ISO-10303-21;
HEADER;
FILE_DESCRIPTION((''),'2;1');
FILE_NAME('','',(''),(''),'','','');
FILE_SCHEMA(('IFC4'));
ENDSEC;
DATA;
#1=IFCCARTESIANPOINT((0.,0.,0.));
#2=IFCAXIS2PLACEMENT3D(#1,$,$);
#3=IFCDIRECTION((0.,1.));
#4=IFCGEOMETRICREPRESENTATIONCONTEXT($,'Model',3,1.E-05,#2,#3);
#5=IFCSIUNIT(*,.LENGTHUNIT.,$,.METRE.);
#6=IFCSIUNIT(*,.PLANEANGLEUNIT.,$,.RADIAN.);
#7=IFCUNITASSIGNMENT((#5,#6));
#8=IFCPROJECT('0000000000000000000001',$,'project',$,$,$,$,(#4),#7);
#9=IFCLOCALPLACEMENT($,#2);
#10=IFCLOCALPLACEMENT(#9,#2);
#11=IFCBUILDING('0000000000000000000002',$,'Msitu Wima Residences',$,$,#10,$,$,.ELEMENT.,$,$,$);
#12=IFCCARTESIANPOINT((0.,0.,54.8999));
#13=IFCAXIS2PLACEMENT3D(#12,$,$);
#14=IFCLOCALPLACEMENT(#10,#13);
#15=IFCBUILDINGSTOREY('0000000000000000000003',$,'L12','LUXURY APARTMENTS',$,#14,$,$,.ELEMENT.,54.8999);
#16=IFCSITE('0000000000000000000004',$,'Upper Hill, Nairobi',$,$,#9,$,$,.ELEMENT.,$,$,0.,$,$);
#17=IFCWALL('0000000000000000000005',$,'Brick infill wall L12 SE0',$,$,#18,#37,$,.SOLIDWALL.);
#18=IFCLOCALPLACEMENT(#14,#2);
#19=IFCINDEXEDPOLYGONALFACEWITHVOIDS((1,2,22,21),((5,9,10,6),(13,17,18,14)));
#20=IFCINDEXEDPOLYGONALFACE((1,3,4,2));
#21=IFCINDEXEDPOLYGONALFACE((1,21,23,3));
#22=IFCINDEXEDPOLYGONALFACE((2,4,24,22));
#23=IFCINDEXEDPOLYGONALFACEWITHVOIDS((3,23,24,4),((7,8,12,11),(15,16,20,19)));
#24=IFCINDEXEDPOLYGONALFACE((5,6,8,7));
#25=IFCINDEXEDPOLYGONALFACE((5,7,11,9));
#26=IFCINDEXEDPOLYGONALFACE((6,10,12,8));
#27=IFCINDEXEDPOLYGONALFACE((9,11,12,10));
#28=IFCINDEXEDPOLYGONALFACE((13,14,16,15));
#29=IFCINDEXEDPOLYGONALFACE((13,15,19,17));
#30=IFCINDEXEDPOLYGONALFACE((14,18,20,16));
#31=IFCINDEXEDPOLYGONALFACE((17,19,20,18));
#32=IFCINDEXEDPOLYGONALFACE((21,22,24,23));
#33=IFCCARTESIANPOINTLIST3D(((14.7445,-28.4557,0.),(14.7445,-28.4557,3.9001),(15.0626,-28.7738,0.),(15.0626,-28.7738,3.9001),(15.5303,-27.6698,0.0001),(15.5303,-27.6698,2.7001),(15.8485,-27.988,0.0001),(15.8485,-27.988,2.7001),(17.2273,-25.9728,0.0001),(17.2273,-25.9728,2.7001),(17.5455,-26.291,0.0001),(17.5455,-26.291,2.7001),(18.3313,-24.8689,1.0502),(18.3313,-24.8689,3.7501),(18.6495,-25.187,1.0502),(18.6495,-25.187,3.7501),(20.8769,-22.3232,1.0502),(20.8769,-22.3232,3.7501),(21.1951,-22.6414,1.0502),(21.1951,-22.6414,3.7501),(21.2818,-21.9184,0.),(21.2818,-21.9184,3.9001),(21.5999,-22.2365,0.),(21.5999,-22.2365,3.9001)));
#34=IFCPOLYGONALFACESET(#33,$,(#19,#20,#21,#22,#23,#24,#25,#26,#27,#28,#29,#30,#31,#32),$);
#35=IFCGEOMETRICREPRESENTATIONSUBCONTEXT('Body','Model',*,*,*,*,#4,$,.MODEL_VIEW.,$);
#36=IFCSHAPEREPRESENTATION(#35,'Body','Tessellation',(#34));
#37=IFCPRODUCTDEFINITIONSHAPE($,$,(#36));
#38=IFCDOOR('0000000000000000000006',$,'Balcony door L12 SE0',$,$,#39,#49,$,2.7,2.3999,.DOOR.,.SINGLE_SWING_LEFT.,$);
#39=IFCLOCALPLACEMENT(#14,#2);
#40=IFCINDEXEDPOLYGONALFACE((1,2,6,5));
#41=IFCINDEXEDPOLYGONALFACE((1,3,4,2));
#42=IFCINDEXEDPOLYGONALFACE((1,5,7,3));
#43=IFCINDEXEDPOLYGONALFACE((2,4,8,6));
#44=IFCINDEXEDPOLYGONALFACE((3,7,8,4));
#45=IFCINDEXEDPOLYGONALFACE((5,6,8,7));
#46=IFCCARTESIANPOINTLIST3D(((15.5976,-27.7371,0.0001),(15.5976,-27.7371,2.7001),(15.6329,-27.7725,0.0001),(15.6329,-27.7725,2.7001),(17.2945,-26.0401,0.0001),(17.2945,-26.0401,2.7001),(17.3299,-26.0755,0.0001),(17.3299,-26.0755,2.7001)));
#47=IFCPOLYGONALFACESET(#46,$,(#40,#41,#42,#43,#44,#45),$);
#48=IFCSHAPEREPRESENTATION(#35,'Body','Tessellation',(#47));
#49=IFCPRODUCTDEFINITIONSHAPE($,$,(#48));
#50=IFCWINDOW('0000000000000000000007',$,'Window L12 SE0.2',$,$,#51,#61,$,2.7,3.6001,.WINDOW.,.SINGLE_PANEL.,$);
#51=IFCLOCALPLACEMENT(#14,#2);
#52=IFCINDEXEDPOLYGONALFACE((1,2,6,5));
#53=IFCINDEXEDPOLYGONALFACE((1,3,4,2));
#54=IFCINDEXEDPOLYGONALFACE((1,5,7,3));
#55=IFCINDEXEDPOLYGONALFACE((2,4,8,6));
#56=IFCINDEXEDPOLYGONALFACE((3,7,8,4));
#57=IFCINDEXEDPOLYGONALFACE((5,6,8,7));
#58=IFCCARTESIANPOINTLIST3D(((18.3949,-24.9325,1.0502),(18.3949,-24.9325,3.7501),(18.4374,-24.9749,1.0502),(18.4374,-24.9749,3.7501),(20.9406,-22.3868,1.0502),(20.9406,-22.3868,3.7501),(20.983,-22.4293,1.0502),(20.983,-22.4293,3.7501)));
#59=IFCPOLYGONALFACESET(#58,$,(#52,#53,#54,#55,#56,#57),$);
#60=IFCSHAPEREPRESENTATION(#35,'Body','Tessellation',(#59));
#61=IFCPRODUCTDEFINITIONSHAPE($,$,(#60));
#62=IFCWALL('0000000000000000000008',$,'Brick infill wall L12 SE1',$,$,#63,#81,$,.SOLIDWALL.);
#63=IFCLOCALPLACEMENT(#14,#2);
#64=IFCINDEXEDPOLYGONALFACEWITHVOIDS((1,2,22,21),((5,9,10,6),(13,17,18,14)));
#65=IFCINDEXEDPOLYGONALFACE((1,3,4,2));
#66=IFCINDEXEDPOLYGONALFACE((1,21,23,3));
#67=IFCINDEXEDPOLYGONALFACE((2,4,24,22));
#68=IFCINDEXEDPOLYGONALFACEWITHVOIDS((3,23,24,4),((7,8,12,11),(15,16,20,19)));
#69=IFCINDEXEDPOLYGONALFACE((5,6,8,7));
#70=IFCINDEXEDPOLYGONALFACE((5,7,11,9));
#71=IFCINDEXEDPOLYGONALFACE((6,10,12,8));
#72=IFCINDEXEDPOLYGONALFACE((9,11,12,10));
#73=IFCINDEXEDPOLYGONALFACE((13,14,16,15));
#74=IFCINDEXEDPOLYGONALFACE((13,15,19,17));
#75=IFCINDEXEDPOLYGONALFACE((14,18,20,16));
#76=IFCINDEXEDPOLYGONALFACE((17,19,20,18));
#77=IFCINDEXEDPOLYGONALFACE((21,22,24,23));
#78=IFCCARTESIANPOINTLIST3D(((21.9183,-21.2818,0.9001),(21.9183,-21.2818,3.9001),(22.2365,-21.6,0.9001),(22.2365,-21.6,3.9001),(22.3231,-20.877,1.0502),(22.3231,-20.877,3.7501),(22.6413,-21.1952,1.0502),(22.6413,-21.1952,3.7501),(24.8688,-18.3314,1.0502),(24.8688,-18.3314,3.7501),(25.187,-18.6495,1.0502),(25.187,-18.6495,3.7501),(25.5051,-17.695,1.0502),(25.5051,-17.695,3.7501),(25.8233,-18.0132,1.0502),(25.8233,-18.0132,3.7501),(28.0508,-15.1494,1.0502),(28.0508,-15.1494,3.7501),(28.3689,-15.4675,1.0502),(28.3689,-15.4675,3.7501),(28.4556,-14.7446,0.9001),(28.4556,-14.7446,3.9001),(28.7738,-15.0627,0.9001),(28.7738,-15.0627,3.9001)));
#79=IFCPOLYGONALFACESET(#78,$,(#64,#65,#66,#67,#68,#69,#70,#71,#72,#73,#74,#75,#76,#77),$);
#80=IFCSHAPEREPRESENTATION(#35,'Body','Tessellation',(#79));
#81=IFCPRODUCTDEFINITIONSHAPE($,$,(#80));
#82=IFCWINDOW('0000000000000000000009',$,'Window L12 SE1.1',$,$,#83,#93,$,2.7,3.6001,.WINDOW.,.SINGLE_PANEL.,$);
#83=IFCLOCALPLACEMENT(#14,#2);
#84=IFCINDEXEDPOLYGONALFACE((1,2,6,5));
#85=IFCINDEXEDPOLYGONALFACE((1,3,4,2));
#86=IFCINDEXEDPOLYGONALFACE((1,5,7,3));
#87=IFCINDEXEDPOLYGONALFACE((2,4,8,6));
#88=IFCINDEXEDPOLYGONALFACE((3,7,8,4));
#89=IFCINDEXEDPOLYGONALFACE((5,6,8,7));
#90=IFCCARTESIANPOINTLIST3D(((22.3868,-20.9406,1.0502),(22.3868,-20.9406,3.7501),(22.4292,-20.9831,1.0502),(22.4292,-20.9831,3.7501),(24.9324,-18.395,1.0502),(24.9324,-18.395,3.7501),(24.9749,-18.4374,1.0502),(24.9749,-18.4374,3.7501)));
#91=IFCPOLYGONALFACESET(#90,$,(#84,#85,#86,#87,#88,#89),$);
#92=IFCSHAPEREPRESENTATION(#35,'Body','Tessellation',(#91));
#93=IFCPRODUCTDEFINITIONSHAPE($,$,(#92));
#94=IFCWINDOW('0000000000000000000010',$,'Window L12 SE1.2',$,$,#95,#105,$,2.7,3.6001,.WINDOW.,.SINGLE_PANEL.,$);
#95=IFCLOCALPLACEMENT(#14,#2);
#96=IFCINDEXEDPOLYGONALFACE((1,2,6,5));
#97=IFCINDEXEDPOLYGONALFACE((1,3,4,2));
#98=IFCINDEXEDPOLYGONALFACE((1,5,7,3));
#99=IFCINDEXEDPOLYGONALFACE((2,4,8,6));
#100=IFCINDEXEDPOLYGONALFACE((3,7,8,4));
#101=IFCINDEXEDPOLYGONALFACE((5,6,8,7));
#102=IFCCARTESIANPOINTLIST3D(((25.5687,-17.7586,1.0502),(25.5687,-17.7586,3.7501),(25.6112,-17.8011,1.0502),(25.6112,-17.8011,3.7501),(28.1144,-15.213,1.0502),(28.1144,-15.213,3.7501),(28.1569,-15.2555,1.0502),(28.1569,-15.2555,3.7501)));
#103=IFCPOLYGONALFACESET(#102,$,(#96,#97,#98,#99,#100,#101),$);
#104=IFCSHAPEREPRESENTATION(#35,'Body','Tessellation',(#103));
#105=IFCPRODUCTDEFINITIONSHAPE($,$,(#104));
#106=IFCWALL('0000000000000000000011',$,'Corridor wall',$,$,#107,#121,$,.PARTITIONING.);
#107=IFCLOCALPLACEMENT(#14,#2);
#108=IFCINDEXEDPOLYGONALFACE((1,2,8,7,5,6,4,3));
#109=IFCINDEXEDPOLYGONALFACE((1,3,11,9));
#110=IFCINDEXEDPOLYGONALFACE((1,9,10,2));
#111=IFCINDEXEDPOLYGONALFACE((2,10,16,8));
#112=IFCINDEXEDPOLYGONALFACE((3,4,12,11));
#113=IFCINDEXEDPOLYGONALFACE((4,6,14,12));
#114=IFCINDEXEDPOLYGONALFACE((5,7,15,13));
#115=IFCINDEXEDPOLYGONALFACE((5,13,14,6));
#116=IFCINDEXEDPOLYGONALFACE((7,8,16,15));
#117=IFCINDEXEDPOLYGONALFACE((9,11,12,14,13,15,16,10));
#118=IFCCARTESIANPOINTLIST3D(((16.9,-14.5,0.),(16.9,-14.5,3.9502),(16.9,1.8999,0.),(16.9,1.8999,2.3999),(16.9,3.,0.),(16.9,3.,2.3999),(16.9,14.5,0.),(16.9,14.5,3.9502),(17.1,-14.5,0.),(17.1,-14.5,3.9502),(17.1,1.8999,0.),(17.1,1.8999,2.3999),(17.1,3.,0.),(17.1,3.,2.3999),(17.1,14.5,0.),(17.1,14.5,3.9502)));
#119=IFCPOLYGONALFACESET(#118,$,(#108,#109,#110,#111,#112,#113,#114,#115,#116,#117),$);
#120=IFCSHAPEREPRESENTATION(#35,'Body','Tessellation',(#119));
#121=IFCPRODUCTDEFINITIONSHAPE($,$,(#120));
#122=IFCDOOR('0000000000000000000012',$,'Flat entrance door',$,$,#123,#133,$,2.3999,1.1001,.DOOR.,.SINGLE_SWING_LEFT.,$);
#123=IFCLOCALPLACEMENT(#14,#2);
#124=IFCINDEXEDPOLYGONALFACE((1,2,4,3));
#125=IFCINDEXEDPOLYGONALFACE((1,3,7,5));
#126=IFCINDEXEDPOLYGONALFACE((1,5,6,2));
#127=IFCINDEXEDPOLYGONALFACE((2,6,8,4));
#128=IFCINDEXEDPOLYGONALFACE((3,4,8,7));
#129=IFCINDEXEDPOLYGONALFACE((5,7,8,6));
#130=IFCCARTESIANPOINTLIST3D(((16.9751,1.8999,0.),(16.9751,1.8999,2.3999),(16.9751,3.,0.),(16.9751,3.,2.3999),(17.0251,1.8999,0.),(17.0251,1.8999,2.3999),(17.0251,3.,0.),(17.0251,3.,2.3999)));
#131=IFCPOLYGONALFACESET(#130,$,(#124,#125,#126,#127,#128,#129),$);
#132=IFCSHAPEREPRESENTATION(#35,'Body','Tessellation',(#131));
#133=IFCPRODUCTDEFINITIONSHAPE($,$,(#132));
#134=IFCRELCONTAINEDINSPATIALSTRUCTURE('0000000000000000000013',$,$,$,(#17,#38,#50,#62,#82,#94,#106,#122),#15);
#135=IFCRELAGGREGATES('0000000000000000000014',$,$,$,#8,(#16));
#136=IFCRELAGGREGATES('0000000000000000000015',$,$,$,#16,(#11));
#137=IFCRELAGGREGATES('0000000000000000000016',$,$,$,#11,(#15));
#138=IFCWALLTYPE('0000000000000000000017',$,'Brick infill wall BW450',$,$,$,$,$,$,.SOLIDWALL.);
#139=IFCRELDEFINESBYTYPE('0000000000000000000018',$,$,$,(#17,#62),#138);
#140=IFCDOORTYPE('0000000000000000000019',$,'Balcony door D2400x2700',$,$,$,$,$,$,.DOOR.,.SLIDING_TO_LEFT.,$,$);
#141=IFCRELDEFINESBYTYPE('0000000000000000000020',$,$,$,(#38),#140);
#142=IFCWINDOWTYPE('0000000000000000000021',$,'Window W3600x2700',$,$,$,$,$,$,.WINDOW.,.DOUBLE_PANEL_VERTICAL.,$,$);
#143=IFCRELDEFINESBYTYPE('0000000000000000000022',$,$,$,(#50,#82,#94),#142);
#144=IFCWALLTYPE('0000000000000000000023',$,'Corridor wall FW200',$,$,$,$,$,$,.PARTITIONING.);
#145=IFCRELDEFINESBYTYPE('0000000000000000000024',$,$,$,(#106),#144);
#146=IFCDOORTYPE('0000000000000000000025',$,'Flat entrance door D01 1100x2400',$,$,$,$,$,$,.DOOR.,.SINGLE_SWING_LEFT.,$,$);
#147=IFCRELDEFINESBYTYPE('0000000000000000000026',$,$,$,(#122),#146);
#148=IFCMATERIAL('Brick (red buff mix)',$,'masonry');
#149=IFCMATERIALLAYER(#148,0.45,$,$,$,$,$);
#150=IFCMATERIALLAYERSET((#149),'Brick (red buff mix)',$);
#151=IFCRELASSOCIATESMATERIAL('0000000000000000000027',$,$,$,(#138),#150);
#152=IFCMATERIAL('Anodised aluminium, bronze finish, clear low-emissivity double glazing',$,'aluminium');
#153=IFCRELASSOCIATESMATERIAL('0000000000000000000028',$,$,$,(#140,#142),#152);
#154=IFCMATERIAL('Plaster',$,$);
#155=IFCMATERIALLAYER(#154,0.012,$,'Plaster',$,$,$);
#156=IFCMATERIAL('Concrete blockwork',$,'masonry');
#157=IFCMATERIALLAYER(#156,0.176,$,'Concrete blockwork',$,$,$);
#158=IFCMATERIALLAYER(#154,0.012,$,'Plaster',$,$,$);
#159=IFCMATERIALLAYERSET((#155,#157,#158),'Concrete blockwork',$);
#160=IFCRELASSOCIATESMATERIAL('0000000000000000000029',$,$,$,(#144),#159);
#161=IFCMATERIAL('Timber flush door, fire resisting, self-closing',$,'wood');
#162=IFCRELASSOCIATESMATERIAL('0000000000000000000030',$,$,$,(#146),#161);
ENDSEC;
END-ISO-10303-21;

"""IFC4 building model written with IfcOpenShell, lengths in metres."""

from ifc_helpers import new_model, si_unit, direction, frame, frame_2d, origin, place, context, subcontext, project, spatial, rectangle, extrude, material, layer, layer_set, type_object, element, fill, save


model = new_model("IFC4")

# Units and contexts
model_context = context("Model", 3, precision=1e-05, world=origin(), true_north=direction((0.0, 1.0)))
body_context = subcontext(model_context, "Body", "Model", "MODEL_VIEW")
ifc_project = project(units=[si_unit("LENGTHUNIT", "METRE"), si_unit("PLANEANGLEUNIT", "RADIAN")], contexts=[model_context])

# Site, building, storey
site_placement = place(None, origin())
site = spatial("IfcSite", under=ifc_project, at=site_placement, Name="Upper Hill, Nairobi", CompositionType="ELEMENT", RefElevation=0.0)
building_placement = place(site_placement, origin())
building = spatial("IfcBuilding", under=site, at=building_placement, Name="Msitu Wima Residences", CompositionType="ELEMENT")
storey_placement = place(building_placement, frame((0.0, 0.0, 54.8999)))
storey = spatial("IfcBuildingStorey", under=building, at=storey_placement, Name="L12", Description="LUXURY APARTMENTS", CompositionType="ELEMENT", Elevation=54.8999)

# Wall, openings, door, window
ifc_material_1 = material(Name="Brick (red buff mix)", Category="masonry")
ifc_layer_1 = layer(ifc_material_1, 0.45)
ifc_layer_set_1 = layer_set([ifc_layer_1], Name="Brick (red buff mix)")
wall_type_1 = type_object("IfcWallType", Name="Brick infill wall BW450", PredefinedType="SOLIDWALL", material=ifc_layer_set_1)
wall_1_placement = place(storey_placement, frame((14.9036, -28.6147, 0.0), z_axis=(0.0, 0.0, 1.0), x_axis=(0.707107, 0.707107, 0.0)))
wall_1 = element("IfcWall", 1, at=wall_1_placement, inside=storey, type_object=wall_type_1, Name="Brick infill wall L12 SE0", PredefinedType="SOLIDWALL", context=body_context, shape_type="SweptSolid", body=[
    extrude(rectangle(XDim=9.2451, YDim=0.45, at=frame_2d((4.6226, 0.0))), origin(), (0.0, 0.0, 1.0), 3.9001),
])
opening_1_placement = place(wall_1_placement, frame((1.1113, 0.0, 0.0)))
opening_1 = element("IfcOpeningElement", 2, at=opening_1_placement, cuts=wall_1, PredefinedType="OPENING", context=body_context, shape_type="SweptSolid", body=[
    extrude(rectangle(XDim=2.3999, YDim=2.7, at=frame_2d((1.2, 1.3501))), frame((0.0, 0.2349, 0.0), z_axis=(0.0, -1.0, 0.0), x_axis=(1.0, 0.0, 0.0)), (0.0, 0.0, 1.0), 0.47),
])
opening_2_placement = place(wall_1_placement, frame((5.0725, 0.0, 1.05)))
opening_2 = element("IfcOpeningElement", 3, at=opening_2_placement, cuts=wall_1, PredefinedType="OPENING", context=body_context, shape_type="SweptSolid", body=[
    extrude(rectangle(XDim=3.6001, YDim=2.7, at=frame_2d((1.8, 1.3501))), frame((0.0, 0.2349, 0.0), z_axis=(0.0, -1.0, 0.0), x_axis=(1.0, 0.0, 0.0)), (0.0, 0.0, 1.0), 0.47),
])
ifc_material_2 = material(Name="Anodised aluminium, bronze finish, clear low-emissivity double glazing", Category="aluminium")
door_type_1 = type_object("IfcDoorType", Name="Balcony door D2400x2700", OperationType="SLIDING_TO_LEFT", PredefinedType="DOOR", material=ifc_material_2)
door_1_placement = place(opening_1_placement, origin())
door_1 = element("IfcDoor", 4, at=door_1_placement, inside=storey, type_object=door_type_1, Name="Balcony door L12 SE0", OperationType="SINGLE_SWING_LEFT", OverallHeight=2.7, OverallWidth=2.3999, PredefinedType="DOOR", context=body_context, shape_type="SweptSolid", body=[
    extrude(rectangle(XDim=2.3999, YDim=2.7, at=frame_2d((1.2, 1.3501))), frame((0.0, 0.1299, 0.0), z_axis=(0.0, -1.0, 0.0), x_axis=(1.0, 0.0, 0.0)), (0.0, 0.0, 1.0), 0.05),
])
fill(opening_1, door_1)
window_type = type_object("IfcWindowType", Name="Window W3600x2700", PartitioningType="DOUBLE_PANEL_VERTICAL", PredefinedType="WINDOW", material=ifc_material_2)
window_1_placement = place(opening_2_placement, origin())
window_1 = element("IfcWindow", 5, at=window_1_placement, inside=storey, type_object=window_type, Name="Window L12 SE0.2", OverallHeight=2.7, OverallWidth=3.6001, PartitioningType="SINGLE_PANEL", PredefinedType="WINDOW", context=body_context, shape_type="SweptSolid", body=[
    extrude(rectangle(XDim=3.6001, YDim=2.7, at=frame_2d((1.8, 1.3501))), frame((0.0, 0.135, 0.0), z_axis=(0.0, -1.0, 0.0), x_axis=(1.0, 0.0, 0.0)), (0.0, 0.0, 1.0), 0.0601),
])
fill(opening_2, window_1)

# Wall, openings, windows
wall_2_placement = place(storey_placement, frame((22.0774, -21.4409, 0.9001), z_axis=(0.0, 0.0, 1.0), x_axis=(0.707107, 0.707107, 0.0)))
wall_2 = element("IfcWall", 6, at=wall_2_placement, inside=storey, type_object=wall_type_1, Name="Brick infill wall L12 SE1", PredefinedType="SOLIDWALL", context=body_context, shape_type="SweptSolid", body=[
    extrude(rectangle(XDim=9.2451, YDim=0.45, at=frame_2d((4.6226, 0.0))), origin(), (0.0, 0.0, 1.0), 3.0),
])
opening_3_placement = place(wall_2_placement, frame((0.5725, 0.0, 0.1499)))
opening_3 = element("IfcOpeningElement", 7, at=opening_3_placement, cuts=wall_2, PredefinedType="OPENING", context=body_context, shape_type="SweptSolid", body=[
    extrude(rectangle(XDim=3.6001, YDim=2.7, at=frame_2d((1.8, 1.3501))), frame((0.0, 0.2349, 0.0), z_axis=(0.0, -1.0, 0.0), x_axis=(1.0, 0.0, 0.0)), (0.0, 0.0, 1.0), 0.47),
])
opening_4_placement = place(wall_2_placement, frame((5.0725, 0.0, 0.1499)))
opening_4 = element("IfcOpeningElement", 8, at=opening_4_placement, cuts=wall_2, PredefinedType="OPENING", context=body_context, shape_type="SweptSolid", body=[
    extrude(rectangle(XDim=3.6001, YDim=2.7, at=frame_2d((1.8, 1.3501))), frame((0.0, 0.2349, 0.0), z_axis=(0.0, -1.0, 0.0), x_axis=(1.0, 0.0, 0.0)), (0.0, 0.0, 1.0), 0.47),
])
window_2_placement = place(opening_3_placement, origin())
window_2 = element("IfcWindow", 9, at=window_2_placement, inside=storey, type_object=window_type, Name="Window L12 SE1.1", OverallHeight=2.7, OverallWidth=3.6001, PartitioningType="SINGLE_PANEL", PredefinedType="WINDOW", context=body_context, shape_type="SweptSolid", body=[
    extrude(rectangle(XDim=3.6001, YDim=2.7, at=frame_2d((1.8, 1.3501))), frame((0.0, 0.135, 0.0), z_axis=(0.0, -1.0, 0.0), x_axis=(1.0, 0.0, 0.0)), (0.0, 0.0, 1.0), 0.0601),
])
fill(opening_3, window_2)
window_3_placement = place(opening_4_placement, origin())
window_3 = element("IfcWindow", 10, at=window_3_placement, inside=storey, type_object=window_type, Name="Window L12 SE1.2", OverallHeight=2.7, OverallWidth=3.6001, PartitioningType="SINGLE_PANEL", PredefinedType="WINDOW", context=body_context, shape_type="SweptSolid", body=[
    extrude(rectangle(XDim=3.6001, YDim=2.7, at=frame_2d((1.8, 1.3501))), frame((0.0, 0.135, 0.0), z_axis=(0.0, -1.0, 0.0), x_axis=(1.0, 0.0, 0.0)), (0.0, 0.0, 1.0), 0.0601),
])
fill(opening_4, window_3)

# Wall, opening, door
ifc_material_3 = material(Name="Plaster")
ifc_layer_2 = layer(ifc_material_3, 0.012, Name="Plaster")
ifc_material_4 = material(Name="Concrete blockwork", Category="masonry")
ifc_layer_3 = layer(ifc_material_4, 0.176, Name="Concrete blockwork")
ifc_layer_4 = layer(ifc_material_3, 0.012, Name="Plaster")
ifc_layer_set_2 = layer_set([ifc_layer_2, ifc_layer_3, ifc_layer_4], Name="Concrete blockwork")
wall_type_2 = type_object("IfcWallType", Name="Corridor wall FW200", PredefinedType="PARTITIONING", material=ifc_layer_set_2)
wall_3_placement = place(storey_placement, frame((17.0, -14.5, 0.0), z_axis=(0.0, 0.0, 1.0), x_axis=(0.0, 1.0, 0.0)))
wall_3 = element("IfcWall", 11, at=wall_3_placement, inside=storey, type_object=wall_type_2, Name="Corridor wall", PredefinedType="PARTITIONING", context=body_context, shape_type="SweptSolid", body=[
    extrude(rectangle(XDim=29.0, YDim=0.2, at=frame_2d((14.5, 0.0))), origin(), (0.0, 0.0, 1.0), 3.9502),
])
opening_5_placement = place(wall_3_placement, frame((16.3999, 0.0, 0.0)))
opening_5 = element("IfcOpeningElement", 12, at=opening_5_placement, cuts=wall_3, PredefinedType="OPENING", context=body_context, shape_type="SweptSolid", body=[
    extrude(rectangle(XDim=1.1001, YDim=2.3999, at=frame_2d((0.55, 1.2))), frame((0.0, 0.1099, 0.0), z_axis=(0.0, -1.0, 0.0), x_axis=(1.0, 0.0, 0.0)), (0.0, 0.0, 1.0), 0.22),
])
ifc_material_5 = material(Name="Timber flush door, fire resisting, self-closing", Category="wood")
door_type_2 = type_object("IfcDoorType", Name="Flat entrance door D01 1100x2400", OperationType="SINGLE_SWING_LEFT", PredefinedType="DOOR", material=ifc_material_5)
door_2_placement = place(opening_5_placement, origin())
door_2 = element("IfcDoor", 13, at=door_2_placement, inside=storey, type_object=door_type_2, Name="Flat entrance door", OperationType="SINGLE_SWING_LEFT", OverallHeight=2.3999, OverallWidth=1.1001, PredefinedType="DOOR", context=body_context, shape_type="SweptSolid", body=[
    extrude(rectangle(XDim=1.1001, YDim=2.3999, at=frame_2d((0.55, 1.2))), frame((0.0, 0.0249, 0.0), z_axis=(0.0, -1.0, 0.0), x_axis=(1.0, 0.0, 0.0)), (0.0, 0.0, 1.0), 0.05),
])
fill(opening_5, door_2)

save(model, "model.ifc")
